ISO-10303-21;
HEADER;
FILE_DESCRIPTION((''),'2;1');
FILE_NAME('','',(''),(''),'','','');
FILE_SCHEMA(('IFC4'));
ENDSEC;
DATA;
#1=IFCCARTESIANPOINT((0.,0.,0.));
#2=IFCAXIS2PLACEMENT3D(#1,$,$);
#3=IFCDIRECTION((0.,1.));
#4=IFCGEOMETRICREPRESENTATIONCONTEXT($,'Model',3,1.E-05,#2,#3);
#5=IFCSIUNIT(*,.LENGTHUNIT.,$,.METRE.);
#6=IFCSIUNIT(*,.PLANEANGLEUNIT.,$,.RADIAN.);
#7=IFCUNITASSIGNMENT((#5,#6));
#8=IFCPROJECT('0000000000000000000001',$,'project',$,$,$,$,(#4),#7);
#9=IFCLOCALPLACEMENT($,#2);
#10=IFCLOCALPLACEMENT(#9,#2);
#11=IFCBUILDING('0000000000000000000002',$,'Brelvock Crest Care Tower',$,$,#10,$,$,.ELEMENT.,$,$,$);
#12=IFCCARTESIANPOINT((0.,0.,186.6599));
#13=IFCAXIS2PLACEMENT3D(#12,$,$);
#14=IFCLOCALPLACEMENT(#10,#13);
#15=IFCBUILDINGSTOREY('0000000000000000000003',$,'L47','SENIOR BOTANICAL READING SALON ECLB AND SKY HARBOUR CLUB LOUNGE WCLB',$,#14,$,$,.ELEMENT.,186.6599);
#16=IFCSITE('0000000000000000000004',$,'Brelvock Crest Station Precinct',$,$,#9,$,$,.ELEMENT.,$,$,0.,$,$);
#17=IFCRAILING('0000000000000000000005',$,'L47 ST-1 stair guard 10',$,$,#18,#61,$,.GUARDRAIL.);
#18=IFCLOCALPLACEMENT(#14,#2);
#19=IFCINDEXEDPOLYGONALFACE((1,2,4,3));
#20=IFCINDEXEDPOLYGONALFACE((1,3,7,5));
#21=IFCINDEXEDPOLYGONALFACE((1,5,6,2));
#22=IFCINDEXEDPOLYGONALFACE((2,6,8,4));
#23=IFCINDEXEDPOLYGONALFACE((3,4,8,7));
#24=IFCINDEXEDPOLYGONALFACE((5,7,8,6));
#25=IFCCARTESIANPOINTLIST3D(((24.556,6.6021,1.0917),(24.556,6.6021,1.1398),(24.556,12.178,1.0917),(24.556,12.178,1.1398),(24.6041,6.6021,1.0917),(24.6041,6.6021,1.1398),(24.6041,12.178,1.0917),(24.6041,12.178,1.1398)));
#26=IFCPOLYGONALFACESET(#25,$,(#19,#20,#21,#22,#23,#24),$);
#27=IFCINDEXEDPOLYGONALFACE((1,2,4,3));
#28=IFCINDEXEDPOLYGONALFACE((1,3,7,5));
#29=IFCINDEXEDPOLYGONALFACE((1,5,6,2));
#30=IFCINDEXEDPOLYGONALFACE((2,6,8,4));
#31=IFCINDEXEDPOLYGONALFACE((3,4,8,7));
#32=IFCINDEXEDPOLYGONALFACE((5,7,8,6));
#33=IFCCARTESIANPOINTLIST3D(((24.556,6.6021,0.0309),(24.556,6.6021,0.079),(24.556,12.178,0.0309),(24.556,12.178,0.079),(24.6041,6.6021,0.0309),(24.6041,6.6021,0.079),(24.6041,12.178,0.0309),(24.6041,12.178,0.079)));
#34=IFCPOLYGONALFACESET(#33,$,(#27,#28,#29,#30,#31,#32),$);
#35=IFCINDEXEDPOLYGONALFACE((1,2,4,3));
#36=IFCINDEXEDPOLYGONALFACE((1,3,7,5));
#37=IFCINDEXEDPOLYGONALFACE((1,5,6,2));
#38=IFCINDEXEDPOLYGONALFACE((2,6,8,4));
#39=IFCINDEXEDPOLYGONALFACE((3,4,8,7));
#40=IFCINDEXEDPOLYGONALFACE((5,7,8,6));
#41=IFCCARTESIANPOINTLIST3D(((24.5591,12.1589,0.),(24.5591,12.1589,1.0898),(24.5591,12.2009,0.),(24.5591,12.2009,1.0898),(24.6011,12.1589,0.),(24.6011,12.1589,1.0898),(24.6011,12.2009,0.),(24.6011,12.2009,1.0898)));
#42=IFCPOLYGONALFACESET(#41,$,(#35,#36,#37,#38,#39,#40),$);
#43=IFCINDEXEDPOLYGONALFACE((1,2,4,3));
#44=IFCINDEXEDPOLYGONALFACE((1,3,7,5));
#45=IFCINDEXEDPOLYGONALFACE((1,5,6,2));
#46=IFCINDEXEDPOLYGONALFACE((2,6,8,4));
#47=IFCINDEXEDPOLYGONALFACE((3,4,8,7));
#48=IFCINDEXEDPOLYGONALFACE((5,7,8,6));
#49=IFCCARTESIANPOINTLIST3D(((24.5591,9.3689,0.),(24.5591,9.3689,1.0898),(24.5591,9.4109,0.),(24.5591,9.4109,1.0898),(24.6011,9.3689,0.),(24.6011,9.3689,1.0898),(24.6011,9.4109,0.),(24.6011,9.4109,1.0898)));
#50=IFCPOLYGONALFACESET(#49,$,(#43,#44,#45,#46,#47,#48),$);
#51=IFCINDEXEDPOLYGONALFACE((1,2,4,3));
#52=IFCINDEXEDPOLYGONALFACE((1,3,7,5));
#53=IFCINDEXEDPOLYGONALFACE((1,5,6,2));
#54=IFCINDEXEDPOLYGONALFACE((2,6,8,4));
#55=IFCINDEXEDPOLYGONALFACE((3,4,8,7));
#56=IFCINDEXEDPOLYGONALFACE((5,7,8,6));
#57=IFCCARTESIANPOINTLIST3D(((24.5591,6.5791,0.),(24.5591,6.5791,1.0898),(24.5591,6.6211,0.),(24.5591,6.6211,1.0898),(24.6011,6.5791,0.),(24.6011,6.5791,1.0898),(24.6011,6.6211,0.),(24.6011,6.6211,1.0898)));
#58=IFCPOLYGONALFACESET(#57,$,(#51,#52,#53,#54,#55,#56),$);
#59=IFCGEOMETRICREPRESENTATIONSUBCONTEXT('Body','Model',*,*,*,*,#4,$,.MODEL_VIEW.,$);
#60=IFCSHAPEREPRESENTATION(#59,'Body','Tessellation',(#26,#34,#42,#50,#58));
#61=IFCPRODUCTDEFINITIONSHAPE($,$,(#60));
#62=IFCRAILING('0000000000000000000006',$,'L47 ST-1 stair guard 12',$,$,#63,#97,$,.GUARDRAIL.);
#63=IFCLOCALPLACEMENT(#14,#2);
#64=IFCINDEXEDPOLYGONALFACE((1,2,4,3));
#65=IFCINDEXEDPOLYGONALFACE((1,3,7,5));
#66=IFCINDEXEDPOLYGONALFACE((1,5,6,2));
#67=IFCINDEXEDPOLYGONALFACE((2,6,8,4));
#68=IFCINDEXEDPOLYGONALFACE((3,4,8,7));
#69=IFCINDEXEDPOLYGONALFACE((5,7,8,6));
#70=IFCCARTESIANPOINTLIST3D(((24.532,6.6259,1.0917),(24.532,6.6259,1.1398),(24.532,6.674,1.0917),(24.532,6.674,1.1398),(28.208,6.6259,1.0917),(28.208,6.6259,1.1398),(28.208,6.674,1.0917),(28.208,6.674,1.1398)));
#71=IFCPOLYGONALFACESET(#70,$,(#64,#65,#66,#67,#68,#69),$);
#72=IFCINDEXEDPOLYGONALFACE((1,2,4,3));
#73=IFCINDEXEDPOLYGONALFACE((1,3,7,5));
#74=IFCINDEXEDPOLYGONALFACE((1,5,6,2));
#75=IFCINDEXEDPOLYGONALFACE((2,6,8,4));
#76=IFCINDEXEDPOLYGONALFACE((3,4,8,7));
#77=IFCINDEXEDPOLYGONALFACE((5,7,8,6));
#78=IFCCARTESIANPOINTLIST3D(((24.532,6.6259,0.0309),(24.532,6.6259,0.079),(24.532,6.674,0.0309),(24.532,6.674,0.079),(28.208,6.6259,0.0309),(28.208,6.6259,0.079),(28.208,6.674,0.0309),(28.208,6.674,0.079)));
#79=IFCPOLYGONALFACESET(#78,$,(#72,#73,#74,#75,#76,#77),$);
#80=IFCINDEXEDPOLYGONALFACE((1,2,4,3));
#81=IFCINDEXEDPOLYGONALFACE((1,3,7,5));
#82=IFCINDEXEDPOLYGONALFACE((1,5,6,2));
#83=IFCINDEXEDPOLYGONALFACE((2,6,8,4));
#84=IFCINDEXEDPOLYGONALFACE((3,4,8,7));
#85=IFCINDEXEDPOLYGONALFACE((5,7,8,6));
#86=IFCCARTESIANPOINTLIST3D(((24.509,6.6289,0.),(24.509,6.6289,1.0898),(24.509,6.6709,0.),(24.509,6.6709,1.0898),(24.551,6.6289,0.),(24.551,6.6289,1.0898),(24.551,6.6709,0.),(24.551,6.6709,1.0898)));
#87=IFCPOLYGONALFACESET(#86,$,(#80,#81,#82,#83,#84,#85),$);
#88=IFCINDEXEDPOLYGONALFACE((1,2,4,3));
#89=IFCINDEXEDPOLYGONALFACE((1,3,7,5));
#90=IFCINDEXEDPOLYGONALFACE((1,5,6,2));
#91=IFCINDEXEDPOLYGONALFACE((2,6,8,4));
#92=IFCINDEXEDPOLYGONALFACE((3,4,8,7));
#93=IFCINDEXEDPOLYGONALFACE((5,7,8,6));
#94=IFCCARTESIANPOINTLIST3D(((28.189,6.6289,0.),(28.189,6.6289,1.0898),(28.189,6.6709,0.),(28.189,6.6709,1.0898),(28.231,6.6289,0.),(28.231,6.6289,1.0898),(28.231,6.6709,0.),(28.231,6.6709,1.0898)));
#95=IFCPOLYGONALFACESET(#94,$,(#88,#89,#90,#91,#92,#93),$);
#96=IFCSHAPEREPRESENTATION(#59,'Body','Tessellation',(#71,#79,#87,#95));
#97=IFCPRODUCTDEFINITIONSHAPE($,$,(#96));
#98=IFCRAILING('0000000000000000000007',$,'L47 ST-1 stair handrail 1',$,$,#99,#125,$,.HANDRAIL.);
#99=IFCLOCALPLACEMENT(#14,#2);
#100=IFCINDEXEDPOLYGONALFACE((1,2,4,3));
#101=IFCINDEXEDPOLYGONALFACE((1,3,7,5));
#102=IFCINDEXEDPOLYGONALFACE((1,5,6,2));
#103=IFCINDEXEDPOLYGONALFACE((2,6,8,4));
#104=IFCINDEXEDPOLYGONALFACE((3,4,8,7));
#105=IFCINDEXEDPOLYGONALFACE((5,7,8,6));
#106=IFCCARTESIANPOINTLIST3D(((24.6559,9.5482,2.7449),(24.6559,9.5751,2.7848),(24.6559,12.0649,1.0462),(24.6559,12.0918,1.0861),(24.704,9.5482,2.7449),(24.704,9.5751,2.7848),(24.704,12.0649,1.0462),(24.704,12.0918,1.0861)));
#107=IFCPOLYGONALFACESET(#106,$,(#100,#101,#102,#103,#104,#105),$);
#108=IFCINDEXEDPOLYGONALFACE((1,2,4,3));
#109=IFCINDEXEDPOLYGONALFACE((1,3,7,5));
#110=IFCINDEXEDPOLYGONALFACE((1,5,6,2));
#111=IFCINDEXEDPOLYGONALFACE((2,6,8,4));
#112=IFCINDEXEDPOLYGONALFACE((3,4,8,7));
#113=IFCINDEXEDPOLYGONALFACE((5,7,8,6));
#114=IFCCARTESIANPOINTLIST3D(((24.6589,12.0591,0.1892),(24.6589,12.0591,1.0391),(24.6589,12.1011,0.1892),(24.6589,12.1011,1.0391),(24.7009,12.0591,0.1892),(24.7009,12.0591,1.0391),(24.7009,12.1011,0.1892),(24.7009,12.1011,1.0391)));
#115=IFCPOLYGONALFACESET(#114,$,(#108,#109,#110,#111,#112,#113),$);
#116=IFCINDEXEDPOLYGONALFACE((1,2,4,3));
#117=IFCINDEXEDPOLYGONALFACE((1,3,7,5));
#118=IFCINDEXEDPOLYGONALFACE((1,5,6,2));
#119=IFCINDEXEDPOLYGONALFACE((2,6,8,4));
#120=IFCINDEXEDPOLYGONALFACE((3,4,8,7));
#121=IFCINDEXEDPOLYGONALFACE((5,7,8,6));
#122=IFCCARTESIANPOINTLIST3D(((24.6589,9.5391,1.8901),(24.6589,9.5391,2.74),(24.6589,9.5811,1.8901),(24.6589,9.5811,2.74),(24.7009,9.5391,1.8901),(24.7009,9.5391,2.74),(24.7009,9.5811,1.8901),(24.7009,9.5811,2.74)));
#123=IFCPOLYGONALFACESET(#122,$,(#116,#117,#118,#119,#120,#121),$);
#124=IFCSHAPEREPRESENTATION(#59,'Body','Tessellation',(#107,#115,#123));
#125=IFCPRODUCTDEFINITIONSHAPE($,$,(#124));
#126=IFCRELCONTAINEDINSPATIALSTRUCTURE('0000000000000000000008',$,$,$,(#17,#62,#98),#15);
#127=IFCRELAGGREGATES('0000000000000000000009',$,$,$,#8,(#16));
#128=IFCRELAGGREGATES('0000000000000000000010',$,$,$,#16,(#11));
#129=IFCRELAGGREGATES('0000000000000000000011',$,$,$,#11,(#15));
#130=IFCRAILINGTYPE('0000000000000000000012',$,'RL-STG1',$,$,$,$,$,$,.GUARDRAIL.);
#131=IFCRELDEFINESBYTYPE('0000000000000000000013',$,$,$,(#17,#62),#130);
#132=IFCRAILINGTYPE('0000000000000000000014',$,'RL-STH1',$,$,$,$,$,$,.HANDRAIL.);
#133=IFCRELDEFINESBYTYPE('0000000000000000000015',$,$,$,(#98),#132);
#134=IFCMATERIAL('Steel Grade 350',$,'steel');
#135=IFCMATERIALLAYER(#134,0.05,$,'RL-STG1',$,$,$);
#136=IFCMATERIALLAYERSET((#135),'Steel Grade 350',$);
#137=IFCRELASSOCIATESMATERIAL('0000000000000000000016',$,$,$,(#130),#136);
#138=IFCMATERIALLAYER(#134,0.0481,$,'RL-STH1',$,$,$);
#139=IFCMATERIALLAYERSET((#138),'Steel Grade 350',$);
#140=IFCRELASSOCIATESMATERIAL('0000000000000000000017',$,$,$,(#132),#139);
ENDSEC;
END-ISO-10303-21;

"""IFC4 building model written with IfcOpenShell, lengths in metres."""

from ifc_helpers import new_model, si_unit, direction, frame, origin, origin_2d, place, context, subcontext, project, spatial, rectangle, extrude, material, layer, layer_set, type_object, element, save


model = new_model("IFC4")

# Units and contexts
model_context = context("Model", 3, precision=1e-05, world=origin(), true_north=direction((0.0, 1.0)))
body_context = subcontext(model_context, "Body", "Model", "MODEL_VIEW")
ifc_project = project(units=[si_unit("LENGTHUNIT", "METRE"), si_unit("PLANEANGLEUNIT", "RADIAN")], contexts=[model_context])

# Site, building, storey
site_placement = place(None, origin())
site = spatial("IfcSite", under=ifc_project, at=site_placement, Name="Brelvock Crest Station Precinct", CompositionType="ELEMENT", RefElevation=0.0)
building_placement = place(site_placement, origin())
building = spatial("IfcBuilding", under=site, at=building_placement, Name="Brelvock Crest Care Tower", CompositionType="ELEMENT")
storey_placement = place(building_placement, frame((0.0, 0.0, 186.6599)))
storey = spatial("IfcBuildingStorey", under=building, at=storey_placement, Name="L47", Description="SENIOR BOTANICAL READING SALON ECLB AND SKY HARBOUR CLUB LOUNGE WCLB", CompositionType="ELEMENT", Elevation=186.6599)

# Shared definitions
ifc_material_1 = material(Name="Steel Grade 350", Category="steel")

# Railings
ifc_layer_1 = layer(ifc_material_1, 0.05, Name="RL-STG1")
ifc_layer_set_1 = layer_set([ifc_layer_1], Name="Steel Grade 350")
railing_type_1 = type_object("IfcRailingType", Name="RL-STG1", PredefinedType="GUARDRAIL", material=ifc_layer_set_1)
railing_1_placement = place(storey_placement, frame((24.5801, 12.1799, 0.0)))
element("IfcRailing", 1, at=railing_1_placement, inside=storey, type_object=railing_type_1, Name="L47 ST-1 stair guard 10", PredefinedType="GUARDRAIL", context=body_context, shape_type="SweptSolid", body=[
    extrude(rectangle(XDim=0.0481, YDim=0.0481, at=origin_2d()), frame((0.0, -0.002, 1.1157), z_axis=(0.0, -1.0, 0.0), x_axis=(1.0, 0.0, 0.0)), (0.0, 0.0, 1.0), 5.5759),
    extrude(rectangle(XDim=0.0481, YDim=0.0481, at=origin_2d()), frame((0.0, -0.002, 0.0549), z_axis=(0.0, -1.0, 0.0), x_axis=(1.0, 0.0, 0.0)), (0.0, 0.0, 1.0), 5.5759),
    extrude(rectangle(XDim=0.042, YDim=0.042, at=origin_2d()), origin(), (0.0, 0.0, 1.0), 1.0898),
    extrude(rectangle(XDim=0.042, YDim=0.042, at=origin_2d()), frame((0.0, -2.79, 0.0)), (0.0, 0.0, 1.0), 1.0898),
    extrude(rectangle(XDim=0.042, YDim=0.042, at=origin_2d()), frame((0.0, -5.5798, 0.0)), (0.0, 0.0, 1.0), 1.0898),
])
railing_2_placement = place(storey_placement, frame((24.53, 6.6499, 0.0)))
element("IfcRailing", 2, at=railing_2_placement, inside=storey, type_object=railing_type_1, Name="L47 ST-1 stair guard 12", PredefinedType="GUARDRAIL", context=body_context, shape_type="SweptSolid", body=[
    extrude(rectangle(XDim=0.0481, YDim=0.0481, at=origin_2d()), frame((0.002, 0.0, 1.1157), z_axis=(1.0, 0.0, 0.0), x_axis=(0.0, 1.0, 0.0)), (0.0, 0.0, 1.0), 3.676),
    extrude(rectangle(XDim=0.0481, YDim=0.0481, at=origin_2d()), frame((0.002, 0.0, 0.0549), z_axis=(1.0, 0.0, 0.0), x_axis=(0.0, 1.0, 0.0)), (0.0, 0.0, 1.0), 3.676),
    extrude(rectangle(XDim=0.042, YDim=0.042, at=origin_2d()), origin(), (0.0, 0.0, 1.0), 1.0898),
    extrude(rectangle(XDim=0.042, YDim=0.042, at=origin_2d()), frame((3.6799, 0.0, 0.0)), (0.0, 0.0, 1.0), 1.0898),
])
ifc_layer_2 = layer(ifc_material_1, 0.0481, Name="RL-STH1")
ifc_layer_set_2 = layer_set([ifc_layer_2], Name="Steel Grade 350")
railing_type_2 = type_object("IfcRailingType", Name="RL-STH1", PredefinedType="HANDRAIL", material=ifc_layer_set_2)
railing_3_placement = place(storey_placement, frame((24.6799, 12.0801, 0.1892)))
element("IfcRailing", 3, at=railing_3_placement, inside=storey, type_object=railing_type_2, Name="L47 ST-1 stair handrail 1", PredefinedType="HANDRAIL", context=body_context, shape_type="SweptSolid", body=[
    extrude(rectangle(XDim=0.0481, YDim=0.0481, at=origin_2d()), frame((0.0, -0.0017, 0.877), z_axis=(0.0, -0.828862, 0.559454), x_axis=(1.0, 0.0, 0.0)), (0.0, 0.0, 1.0), 3.0364),
    extrude(rectangle(XDim=0.042, YDim=0.042, at=origin_2d()), origin(), (0.0, 0.0, 1.0), 0.8499),
    extrude(rectangle(XDim=0.042, YDim=0.042, at=origin_2d()), frame((0.0, -2.52, 1.7009)), (0.0, 0.0, 1.0), 0.8499),
])

save(model, "model.ifc")
